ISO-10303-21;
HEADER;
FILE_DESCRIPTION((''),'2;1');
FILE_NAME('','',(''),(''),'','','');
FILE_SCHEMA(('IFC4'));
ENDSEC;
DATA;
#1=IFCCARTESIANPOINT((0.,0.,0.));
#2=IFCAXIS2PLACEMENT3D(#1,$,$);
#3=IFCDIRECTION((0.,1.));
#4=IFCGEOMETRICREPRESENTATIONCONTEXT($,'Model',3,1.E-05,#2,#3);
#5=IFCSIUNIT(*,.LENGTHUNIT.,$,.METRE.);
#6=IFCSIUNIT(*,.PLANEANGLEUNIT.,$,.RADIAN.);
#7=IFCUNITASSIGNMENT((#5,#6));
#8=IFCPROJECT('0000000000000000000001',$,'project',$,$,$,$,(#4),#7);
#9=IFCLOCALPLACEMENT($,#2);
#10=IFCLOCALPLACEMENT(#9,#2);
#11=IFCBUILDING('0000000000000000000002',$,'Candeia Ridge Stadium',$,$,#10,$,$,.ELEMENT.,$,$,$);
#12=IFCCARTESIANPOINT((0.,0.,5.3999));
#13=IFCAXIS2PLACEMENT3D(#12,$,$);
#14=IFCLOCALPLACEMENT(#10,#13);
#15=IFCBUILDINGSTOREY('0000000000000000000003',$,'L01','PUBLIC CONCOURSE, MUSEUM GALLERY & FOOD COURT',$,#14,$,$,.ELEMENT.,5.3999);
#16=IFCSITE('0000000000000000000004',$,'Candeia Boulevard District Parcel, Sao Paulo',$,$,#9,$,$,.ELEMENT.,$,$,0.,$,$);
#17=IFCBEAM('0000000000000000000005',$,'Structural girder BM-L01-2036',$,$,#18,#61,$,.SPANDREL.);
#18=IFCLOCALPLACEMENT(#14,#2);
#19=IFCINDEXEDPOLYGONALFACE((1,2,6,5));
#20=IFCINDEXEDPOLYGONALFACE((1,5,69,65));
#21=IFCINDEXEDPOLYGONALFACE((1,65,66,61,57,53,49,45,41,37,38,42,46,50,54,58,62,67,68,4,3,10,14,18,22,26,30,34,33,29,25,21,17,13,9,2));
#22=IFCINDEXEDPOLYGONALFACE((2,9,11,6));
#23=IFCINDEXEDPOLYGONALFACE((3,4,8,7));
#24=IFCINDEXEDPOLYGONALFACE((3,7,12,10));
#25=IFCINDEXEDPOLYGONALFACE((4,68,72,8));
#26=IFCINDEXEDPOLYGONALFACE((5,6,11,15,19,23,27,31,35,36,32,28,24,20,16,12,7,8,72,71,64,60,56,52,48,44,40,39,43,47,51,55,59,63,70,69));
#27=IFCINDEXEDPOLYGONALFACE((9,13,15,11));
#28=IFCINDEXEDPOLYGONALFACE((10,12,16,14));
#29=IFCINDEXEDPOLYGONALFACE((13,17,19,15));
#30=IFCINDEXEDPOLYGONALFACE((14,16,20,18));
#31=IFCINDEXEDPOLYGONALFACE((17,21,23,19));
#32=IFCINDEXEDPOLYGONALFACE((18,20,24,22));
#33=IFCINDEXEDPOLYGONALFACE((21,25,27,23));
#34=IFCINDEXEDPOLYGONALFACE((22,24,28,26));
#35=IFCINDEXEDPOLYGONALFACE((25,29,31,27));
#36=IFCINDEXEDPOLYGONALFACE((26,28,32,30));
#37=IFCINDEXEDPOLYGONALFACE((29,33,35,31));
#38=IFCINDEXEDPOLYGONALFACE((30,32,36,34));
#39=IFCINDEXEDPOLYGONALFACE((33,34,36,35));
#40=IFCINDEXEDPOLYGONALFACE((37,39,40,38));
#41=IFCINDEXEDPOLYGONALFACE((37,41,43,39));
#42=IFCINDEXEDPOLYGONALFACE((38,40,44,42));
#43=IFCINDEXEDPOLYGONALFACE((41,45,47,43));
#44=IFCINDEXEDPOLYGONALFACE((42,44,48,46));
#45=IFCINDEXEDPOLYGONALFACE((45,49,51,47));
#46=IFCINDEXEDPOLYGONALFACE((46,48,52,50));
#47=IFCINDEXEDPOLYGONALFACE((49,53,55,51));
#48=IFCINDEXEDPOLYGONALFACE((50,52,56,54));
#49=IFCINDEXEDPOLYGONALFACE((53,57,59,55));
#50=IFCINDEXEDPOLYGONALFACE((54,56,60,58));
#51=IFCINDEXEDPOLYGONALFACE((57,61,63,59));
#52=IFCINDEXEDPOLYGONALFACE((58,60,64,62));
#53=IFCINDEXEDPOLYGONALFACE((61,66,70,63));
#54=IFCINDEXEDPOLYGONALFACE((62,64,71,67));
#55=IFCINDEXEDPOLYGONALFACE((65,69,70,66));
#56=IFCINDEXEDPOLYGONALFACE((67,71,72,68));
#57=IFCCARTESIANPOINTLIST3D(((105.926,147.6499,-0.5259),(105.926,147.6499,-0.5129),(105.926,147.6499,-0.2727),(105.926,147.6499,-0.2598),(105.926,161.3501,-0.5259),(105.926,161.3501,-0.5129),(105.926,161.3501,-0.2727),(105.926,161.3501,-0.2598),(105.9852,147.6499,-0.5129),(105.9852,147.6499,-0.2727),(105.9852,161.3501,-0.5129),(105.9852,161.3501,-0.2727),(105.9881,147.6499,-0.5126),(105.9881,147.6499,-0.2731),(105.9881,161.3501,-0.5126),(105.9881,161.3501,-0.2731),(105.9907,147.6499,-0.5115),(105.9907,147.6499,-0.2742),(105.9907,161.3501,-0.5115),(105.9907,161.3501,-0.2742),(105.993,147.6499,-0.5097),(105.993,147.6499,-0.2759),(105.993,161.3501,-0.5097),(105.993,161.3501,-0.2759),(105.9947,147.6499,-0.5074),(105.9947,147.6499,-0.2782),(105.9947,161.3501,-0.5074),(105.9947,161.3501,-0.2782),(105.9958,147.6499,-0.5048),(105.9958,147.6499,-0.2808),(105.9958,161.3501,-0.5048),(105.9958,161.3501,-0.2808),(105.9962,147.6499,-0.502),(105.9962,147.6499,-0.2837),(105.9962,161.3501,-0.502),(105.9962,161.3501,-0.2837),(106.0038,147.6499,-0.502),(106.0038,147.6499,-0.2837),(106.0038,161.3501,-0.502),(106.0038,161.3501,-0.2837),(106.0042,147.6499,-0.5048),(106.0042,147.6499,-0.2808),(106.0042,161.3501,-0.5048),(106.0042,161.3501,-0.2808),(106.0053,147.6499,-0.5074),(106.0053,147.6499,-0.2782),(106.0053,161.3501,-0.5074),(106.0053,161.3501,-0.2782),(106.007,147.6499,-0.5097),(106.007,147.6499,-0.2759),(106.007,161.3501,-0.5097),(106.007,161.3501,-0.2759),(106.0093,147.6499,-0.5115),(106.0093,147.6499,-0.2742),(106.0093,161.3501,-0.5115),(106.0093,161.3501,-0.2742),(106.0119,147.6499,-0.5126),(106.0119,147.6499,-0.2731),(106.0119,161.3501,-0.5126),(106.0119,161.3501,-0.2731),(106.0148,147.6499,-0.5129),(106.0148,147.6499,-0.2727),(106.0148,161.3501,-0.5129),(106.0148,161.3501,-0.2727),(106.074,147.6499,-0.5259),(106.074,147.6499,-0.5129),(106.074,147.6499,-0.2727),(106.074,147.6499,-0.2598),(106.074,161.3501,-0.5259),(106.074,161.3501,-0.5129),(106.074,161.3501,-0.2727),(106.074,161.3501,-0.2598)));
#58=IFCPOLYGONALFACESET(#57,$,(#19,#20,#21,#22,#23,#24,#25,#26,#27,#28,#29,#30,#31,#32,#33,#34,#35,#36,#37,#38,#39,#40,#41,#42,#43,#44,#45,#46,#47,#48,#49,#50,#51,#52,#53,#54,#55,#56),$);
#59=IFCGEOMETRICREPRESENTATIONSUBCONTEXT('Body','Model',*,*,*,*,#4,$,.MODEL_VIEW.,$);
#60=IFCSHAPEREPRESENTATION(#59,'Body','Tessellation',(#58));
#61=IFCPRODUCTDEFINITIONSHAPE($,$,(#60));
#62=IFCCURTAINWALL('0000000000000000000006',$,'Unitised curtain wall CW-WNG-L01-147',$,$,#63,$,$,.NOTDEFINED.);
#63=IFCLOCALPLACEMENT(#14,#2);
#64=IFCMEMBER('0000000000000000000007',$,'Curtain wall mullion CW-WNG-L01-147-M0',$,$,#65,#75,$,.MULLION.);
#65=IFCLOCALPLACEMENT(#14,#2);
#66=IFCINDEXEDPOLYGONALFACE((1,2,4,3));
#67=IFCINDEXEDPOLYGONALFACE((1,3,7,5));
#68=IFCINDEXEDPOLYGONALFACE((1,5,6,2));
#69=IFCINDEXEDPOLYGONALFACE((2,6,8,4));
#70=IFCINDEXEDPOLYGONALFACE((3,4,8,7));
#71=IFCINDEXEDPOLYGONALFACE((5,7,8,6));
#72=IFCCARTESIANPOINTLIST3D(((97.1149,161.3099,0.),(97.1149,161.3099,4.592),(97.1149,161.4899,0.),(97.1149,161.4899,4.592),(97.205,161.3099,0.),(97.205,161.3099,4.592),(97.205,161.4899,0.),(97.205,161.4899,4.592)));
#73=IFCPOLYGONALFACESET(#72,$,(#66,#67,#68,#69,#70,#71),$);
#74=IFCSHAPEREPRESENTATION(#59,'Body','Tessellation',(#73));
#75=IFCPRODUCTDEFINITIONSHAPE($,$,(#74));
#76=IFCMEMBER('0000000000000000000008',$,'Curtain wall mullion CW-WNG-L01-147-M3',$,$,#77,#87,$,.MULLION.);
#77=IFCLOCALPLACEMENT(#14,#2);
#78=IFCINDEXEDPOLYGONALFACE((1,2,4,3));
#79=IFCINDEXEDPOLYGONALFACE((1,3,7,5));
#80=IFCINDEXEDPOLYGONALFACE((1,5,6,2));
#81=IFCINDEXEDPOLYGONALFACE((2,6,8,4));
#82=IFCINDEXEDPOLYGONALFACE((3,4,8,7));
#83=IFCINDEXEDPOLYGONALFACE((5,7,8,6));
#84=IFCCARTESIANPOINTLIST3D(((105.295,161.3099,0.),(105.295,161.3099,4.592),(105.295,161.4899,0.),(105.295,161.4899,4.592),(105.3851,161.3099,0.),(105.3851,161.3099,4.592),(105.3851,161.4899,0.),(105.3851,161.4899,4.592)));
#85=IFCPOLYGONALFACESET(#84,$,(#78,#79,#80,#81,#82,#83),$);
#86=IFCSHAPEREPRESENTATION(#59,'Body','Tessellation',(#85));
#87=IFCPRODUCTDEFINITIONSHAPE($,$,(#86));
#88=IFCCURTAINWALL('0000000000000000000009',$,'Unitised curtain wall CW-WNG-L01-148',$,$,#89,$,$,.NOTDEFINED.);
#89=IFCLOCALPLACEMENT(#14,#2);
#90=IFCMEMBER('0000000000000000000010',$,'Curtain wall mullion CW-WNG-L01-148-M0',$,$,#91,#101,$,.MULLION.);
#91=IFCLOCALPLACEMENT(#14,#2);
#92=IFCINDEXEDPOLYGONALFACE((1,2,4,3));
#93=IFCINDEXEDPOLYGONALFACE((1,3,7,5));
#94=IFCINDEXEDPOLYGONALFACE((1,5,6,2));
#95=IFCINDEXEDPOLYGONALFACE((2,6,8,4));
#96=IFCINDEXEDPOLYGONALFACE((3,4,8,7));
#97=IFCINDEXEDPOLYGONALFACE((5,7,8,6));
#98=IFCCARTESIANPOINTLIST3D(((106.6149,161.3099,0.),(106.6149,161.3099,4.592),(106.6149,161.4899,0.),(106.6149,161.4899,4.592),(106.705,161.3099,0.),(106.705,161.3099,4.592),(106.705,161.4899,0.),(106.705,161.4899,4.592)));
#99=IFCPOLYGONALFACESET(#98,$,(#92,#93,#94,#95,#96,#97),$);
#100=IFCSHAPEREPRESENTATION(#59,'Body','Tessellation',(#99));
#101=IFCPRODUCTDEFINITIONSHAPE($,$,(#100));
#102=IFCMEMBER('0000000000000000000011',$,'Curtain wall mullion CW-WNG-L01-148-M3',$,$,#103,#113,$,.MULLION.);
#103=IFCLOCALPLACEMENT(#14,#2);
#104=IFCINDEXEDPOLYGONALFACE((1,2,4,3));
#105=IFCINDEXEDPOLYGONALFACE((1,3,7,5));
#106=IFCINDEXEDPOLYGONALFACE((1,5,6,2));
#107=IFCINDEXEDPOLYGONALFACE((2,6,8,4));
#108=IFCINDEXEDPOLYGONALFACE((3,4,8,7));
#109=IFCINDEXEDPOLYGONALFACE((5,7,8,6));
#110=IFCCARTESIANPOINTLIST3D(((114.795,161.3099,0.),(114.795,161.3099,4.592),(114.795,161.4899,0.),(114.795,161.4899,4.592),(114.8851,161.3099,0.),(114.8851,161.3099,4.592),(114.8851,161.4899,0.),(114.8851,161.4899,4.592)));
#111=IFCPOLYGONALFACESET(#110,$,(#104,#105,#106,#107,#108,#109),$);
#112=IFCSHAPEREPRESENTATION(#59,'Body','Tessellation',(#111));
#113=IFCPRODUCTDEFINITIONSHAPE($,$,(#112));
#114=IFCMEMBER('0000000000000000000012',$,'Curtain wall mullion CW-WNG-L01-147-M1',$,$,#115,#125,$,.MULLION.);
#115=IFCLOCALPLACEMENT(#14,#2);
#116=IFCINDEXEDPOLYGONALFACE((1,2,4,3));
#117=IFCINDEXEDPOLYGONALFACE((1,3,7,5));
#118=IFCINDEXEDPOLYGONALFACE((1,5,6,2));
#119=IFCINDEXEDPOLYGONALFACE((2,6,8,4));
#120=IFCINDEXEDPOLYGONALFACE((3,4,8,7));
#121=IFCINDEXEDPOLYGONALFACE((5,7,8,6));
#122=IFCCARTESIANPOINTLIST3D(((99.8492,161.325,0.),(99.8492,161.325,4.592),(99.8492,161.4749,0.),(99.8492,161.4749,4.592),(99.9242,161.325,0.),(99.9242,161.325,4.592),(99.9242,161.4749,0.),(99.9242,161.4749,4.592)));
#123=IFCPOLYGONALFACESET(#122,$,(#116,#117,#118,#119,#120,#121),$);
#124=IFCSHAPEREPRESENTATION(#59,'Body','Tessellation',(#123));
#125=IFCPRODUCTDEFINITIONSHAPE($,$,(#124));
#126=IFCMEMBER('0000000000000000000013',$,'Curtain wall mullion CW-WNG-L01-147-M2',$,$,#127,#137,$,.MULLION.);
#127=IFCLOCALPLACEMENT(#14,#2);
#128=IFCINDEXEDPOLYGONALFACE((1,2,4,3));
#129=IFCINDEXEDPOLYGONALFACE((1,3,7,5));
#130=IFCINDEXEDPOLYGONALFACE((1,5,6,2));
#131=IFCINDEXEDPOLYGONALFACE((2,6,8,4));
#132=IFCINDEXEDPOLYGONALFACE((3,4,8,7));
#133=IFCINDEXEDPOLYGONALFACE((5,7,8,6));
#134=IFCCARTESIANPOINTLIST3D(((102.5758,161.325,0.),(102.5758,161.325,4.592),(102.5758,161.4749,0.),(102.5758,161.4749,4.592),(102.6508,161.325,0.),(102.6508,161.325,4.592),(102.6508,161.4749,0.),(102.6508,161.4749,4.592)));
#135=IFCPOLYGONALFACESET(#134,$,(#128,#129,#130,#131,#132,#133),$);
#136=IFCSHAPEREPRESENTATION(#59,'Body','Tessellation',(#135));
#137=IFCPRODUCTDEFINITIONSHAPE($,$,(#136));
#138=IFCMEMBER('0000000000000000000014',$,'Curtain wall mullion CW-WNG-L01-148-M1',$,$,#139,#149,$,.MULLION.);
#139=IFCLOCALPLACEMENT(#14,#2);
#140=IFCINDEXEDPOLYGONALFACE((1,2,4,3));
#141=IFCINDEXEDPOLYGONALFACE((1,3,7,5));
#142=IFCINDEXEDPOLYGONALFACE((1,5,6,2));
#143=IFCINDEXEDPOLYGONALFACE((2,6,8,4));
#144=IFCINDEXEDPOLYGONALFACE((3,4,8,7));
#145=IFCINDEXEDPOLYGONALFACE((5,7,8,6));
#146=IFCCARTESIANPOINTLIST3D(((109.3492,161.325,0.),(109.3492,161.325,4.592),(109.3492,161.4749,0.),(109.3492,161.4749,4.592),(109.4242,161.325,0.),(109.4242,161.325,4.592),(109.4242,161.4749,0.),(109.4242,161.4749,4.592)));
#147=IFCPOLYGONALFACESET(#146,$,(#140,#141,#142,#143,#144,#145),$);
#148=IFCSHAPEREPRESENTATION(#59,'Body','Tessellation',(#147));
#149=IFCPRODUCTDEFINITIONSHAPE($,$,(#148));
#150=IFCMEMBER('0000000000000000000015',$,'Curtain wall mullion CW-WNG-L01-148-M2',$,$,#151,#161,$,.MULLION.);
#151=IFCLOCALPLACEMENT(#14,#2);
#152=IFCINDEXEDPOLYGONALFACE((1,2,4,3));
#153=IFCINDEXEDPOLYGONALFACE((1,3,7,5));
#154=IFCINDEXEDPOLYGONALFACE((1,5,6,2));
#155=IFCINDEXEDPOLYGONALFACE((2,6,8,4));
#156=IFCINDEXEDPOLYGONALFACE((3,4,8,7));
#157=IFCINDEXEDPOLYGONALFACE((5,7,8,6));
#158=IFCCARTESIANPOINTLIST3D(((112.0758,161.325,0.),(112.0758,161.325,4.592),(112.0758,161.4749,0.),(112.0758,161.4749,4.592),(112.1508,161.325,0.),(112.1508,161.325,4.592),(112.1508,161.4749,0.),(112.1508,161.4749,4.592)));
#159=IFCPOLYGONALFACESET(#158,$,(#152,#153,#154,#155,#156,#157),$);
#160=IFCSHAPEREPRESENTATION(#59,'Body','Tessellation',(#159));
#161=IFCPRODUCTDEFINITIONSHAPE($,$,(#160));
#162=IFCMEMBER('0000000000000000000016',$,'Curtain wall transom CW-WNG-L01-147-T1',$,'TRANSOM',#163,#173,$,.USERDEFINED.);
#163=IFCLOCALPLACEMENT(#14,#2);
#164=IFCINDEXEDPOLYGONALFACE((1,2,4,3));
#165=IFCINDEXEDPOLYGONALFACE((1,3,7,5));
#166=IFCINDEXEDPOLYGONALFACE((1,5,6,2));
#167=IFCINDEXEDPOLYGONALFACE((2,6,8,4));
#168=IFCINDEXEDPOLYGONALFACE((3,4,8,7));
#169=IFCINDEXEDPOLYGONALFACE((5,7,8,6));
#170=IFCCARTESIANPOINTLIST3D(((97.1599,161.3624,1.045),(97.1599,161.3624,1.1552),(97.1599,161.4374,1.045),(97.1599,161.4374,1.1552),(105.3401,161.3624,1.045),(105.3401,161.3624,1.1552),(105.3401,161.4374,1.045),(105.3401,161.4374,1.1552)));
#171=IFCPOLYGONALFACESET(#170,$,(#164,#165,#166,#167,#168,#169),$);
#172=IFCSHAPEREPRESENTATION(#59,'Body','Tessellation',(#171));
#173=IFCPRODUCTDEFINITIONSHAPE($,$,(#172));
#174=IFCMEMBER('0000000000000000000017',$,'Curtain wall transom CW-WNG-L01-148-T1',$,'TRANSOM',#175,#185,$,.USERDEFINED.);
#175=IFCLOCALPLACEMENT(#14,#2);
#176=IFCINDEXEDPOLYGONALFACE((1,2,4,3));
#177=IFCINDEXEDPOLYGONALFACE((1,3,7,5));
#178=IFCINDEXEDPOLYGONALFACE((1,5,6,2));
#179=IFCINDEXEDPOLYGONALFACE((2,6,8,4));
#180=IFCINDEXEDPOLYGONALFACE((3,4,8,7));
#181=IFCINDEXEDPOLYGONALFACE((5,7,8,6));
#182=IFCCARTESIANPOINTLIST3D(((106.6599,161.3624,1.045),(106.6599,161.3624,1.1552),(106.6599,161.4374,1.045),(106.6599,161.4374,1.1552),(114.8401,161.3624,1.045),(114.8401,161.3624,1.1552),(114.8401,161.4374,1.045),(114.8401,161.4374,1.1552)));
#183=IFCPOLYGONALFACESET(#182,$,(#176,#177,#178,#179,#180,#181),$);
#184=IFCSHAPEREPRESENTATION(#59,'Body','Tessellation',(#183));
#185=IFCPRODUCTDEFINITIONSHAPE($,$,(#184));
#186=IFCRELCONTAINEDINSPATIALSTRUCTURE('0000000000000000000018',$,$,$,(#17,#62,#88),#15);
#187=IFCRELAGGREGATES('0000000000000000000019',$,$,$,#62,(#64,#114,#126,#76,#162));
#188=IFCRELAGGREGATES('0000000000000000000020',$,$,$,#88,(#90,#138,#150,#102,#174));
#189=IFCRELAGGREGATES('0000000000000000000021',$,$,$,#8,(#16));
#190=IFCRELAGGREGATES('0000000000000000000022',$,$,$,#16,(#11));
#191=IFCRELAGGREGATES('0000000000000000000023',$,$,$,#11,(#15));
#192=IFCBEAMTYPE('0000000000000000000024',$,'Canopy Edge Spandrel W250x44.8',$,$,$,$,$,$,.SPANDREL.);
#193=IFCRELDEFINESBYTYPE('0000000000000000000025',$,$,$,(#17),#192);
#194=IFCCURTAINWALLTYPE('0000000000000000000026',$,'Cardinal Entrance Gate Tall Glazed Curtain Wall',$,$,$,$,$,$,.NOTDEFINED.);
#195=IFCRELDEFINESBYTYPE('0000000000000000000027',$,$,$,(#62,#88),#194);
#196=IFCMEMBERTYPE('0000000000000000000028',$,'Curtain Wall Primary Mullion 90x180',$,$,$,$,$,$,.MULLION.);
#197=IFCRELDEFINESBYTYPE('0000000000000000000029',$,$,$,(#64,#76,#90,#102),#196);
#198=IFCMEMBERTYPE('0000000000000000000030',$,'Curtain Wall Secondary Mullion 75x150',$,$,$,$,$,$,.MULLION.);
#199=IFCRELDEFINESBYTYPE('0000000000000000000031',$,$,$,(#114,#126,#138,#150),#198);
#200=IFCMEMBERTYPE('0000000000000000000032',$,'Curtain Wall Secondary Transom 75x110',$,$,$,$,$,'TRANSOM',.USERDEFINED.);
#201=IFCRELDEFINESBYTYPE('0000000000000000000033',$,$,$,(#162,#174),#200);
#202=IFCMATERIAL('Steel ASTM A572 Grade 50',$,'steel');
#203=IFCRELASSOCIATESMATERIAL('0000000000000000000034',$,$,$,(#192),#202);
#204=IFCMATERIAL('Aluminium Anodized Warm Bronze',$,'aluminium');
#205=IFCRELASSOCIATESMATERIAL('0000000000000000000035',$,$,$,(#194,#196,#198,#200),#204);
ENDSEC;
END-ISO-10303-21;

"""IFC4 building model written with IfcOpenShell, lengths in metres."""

from ifc_helpers import new_model, si_unit, direction, frame, origin, origin_2d, place, context, subcontext, project, spatial, rectangle, i_section, extrude, material, material_profile, profile_set, type_object, element, aggregate, save


model = new_model("IFC4")

# Units and contexts
model_context = context("Model", 3, precision=1e-05, world=origin(), true_north=direction((0.0, 1.0)))
body_context = subcontext(model_context, "Body", "Model", "MODEL_VIEW")
ifc_project = project(units=[si_unit("LENGTHUNIT", "METRE"), si_unit("PLANEANGLEUNIT", "RADIAN")], contexts=[model_context])

# Site, building, storey
site_placement = place(None, origin())
site = spatial("IfcSite", under=ifc_project, at=site_placement, Name="Candeia Boulevard District Parcel, Sao Paulo", CompositionType="ELEMENT", RefElevation=0.0)
building_placement = place(site_placement, origin())
building = spatial("IfcBuilding", under=site, at=building_placement, Name="Candeia Ridge Stadium", CompositionType="ELEMENT")
storey_placement = place(building_placement, frame((0.0, 0.0, 5.3999)))
storey = spatial("IfcBuildingStorey", under=building, at=storey_placement, Name="L01", Description="PUBLIC CONCOURSE, MUSEUM GALLERY & FOOD COURT", CompositionType="ELEMENT", Elevation=5.3999)

# Shared definitions
ifc_material_1 = material(Name="Steel ASTM A572 Grade 50", Category="steel")

# Beam
ifc_material_profile_1 = material_profile(ifc_material_1, i_section(OverallWidth=0.1479, OverallDepth=0.2661, WebThickness=0.0076, FlangeThickness=0.0129, FilletRadius=0.011, at=origin_2d()), Name="W250x44.8", Category="steel")
ifc_profile_set_1 = profile_set([ifc_material_profile_1], Name="Steel ASTM A572 Grade 50")
beam_type_1 = type_object("IfcBeamType", Name="Canopy Edge Spandrel W250x44.8", PredefinedType="SPANDREL", material=ifc_profile_set_1)
beam_1_placement = place(storey_placement, frame((106.0, 147.6499, -0.3928), z_axis=(0.0, 1.0, 0.0), x_axis=(-1.0, 0.0, 0.0)))
element("IfcBeam", 1, at=beam_1_placement, inside=storey, type_object=beam_type_1, Name="Structural girder BM-L01-2036", PredefinedType="SPANDREL", context=body_context, shape_type="SweptSolid", body=[
    extrude(i_section(OverallWidth=0.1479, OverallDepth=0.2661, WebThickness=0.0076, FlangeThickness=0.0129, FilletRadius=0.011, at=origin_2d()), origin(), (0.0, 0.0, 1.0), 13.7002),
])

# Curtain walls, members
ifc_material_2 = material(Name="Aluminium Anodized Warm Bronze", Category="aluminium")
curtain_wall_type = type_object("IfcCurtainWallType", Name="Cardinal Entrance Gate Tall Glazed Curtain Wall", PredefinedType="NOTDEFINED", material=ifc_material_2)
curtain_wall_1_placement = place(storey_placement, origin())
curtain_wall_1 = element("IfcCurtainWall", 2, at=curtain_wall_1_placement, inside=storey, type_object=curtain_wall_type, Name="Unitised curtain wall CW-WNG-L01-147", PredefinedType="NOTDEFINED")
ifc_material_profile_2 = material_profile(ifc_material_2, rectangle(XDim=0.0901, YDim=0.1799, at=origin_2d()), Name="CWM-90x180", Category="aluminium")
ifc_profile_set_2 = profile_set([ifc_material_profile_2], Name="Aluminium Anodized Warm Bronze")
member_type_1 = type_object("IfcMemberType", Name="Curtain Wall Primary Mullion 90x180", PredefinedType="MULLION", material=ifc_profile_set_2)
member_1_placement = place(storey_placement, frame((97.1599, 161.3999, 0.0), z_axis=(0.0, 0.0, 1.0), x_axis=(1.0, 0.0, 0.0)))
member_1 = element("IfcMember", 3, at=member_1_placement, type_object=member_type_1, Name="Curtain wall mullion CW-WNG-L01-147-M0", PredefinedType="MULLION", context=body_context, shape_type="SweptSolid", body=[
    extrude(rectangle(XDim=0.0901, YDim=0.1799, at=origin_2d()), origin(), (0.0, 0.0, 1.0), 4.592),
])
member_2_placement = place(storey_placement, frame((105.3401, 161.3999, 0.0), z_axis=(0.0, 0.0, 1.0), x_axis=(1.0, 0.0, 0.0)))
member_2 = element("IfcMember", 4, at=member_2_placement, type_object=member_type_1, Name="Curtain wall mullion CW-WNG-L01-147-M3", PredefinedType="MULLION", context=body_context, shape_type="SweptSolid", body=[
    extrude(rectangle(XDim=0.0901, YDim=0.1799, at=origin_2d()), origin(), (0.0, 0.0, 1.0), 4.592),
])
curtain_wall_2_placement = place(storey_placement, origin())
curtain_wall_2 = element("IfcCurtainWall", 5, at=curtain_wall_2_placement, inside=storey, type_object=curtain_wall_type, Name="Unitised curtain wall CW-WNG-L01-148", PredefinedType="NOTDEFINED")
member_3_placement = place(storey_placement, frame((106.6599, 161.3999, 0.0), z_axis=(0.0, 0.0, 1.0), x_axis=(1.0, 0.0, 0.0)))
member_3 = element("IfcMember", 6, at=member_3_placement, type_object=member_type_1, Name="Curtain wall mullion CW-WNG-L01-148-M0", PredefinedType="MULLION", context=body_context, shape_type="SweptSolid", body=[
    extrude(rectangle(XDim=0.0901, YDim=0.1799, at=origin_2d()), origin(), (0.0, 0.0, 1.0), 4.592),
])
member_4_placement = place(storey_placement, frame((114.8401, 161.3999, 0.0), z_axis=(0.0, 0.0, 1.0), x_axis=(1.0, 0.0, 0.0)))
member_4 = element("IfcMember", 7, at=member_4_placement, type_object=member_type_1, Name="Curtain wall mullion CW-WNG-L01-148-M3", PredefinedType="MULLION", context=body_context, shape_type="SweptSolid", body=[
    extrude(rectangle(XDim=0.0901, YDim=0.1799, at=origin_2d()), origin(), (0.0, 0.0, 1.0), 4.592),
])

# Members
ifc_material_profile_3 = material_profile(ifc_material_2, rectangle(XDim=0.075, YDim=0.1499, at=origin_2d()), Name="CWM-75x150", Category="aluminium")
ifc_profile_set_3 = profile_set([ifc_material_profile_3], Name="Aluminium Anodized Warm Bronze")
member_type_2 = type_object("IfcMemberType", Name="Curtain Wall Secondary Mullion 75x150", PredefinedType="MULLION", material=ifc_profile_set_3)
member_5_placement = place(storey_placement, frame((99.8867, 161.3999, 0.0), z_axis=(0.0, 0.0, 1.0), x_axis=(1.0, 0.0, 0.0)))
member_5 = element("IfcMember", 8, at=member_5_placement, type_object=member_type_2, Name="Curtain wall mullion CW-WNG-L01-147-M1", PredefinedType="MULLION", context=body_context, shape_type="SweptSolid", body=[
    extrude(rectangle(XDim=0.075, YDim=0.1499, at=origin_2d()), origin(), (0.0, 0.0, 1.0), 4.592),
])
member_6_placement = place(storey_placement, frame((102.6133, 161.3999, 0.0), z_axis=(0.0, 0.0, 1.0), x_axis=(1.0, 0.0, 0.0)))
member_6 = element("IfcMember", 9, at=member_6_placement, type_object=member_type_2, Name="Curtain wall mullion CW-WNG-L01-147-M2", PredefinedType="MULLION", context=body_context, shape_type="SweptSolid", body=[
    extrude(rectangle(XDim=0.075, YDim=0.1499, at=origin_2d()), origin(), (0.0, 0.0, 1.0), 4.592),
])
member_7_placement = place(storey_placement, frame((109.3867, 161.3999, 0.0), z_axis=(0.0, 0.0, 1.0), x_axis=(1.0, 0.0, 0.0)))
member_7 = element("IfcMember", 10, at=member_7_placement, type_object=member_type_2, Name="Curtain wall mullion CW-WNG-L01-148-M1", PredefinedType="MULLION", context=body_context, shape_type="SweptSolid", body=[
    extrude(rectangle(XDim=0.075, YDim=0.1499, at=origin_2d()), origin(), (0.0, 0.0, 1.0), 4.592),
])
member_8_placement = place(storey_placement, frame((112.1133, 161.3999, 0.0), z_axis=(0.0, 0.0, 1.0), x_axis=(1.0, 0.0, 0.0)))
member_8 = element("IfcMember", 11, at=member_8_placement, type_object=member_type_2, Name="Curtain wall mullion CW-WNG-L01-148-M2", PredefinedType="MULLION", context=body_context, shape_type="SweptSolid", body=[
    extrude(rectangle(XDim=0.075, YDim=0.1499, at=origin_2d()), origin(), (0.0, 0.0, 1.0), 4.592),
])
ifc_material_profile_4 = material_profile(ifc_material_2, rectangle(XDim=0.075, YDim=0.1101, at=origin_2d()), Name="CWT-75x110", Category="aluminium")
ifc_profile_set_4 = profile_set([ifc_material_profile_4], Name="Aluminium Anodized Warm Bronze")
member_type_3 = type_object("IfcMemberType", Name="Curtain Wall Secondary Transom 75x110", ElementType="TRANSOM", PredefinedType="USERDEFINED", material=ifc_profile_set_4)
member_9_placement = place(storey_placement, frame((97.1599, 161.3999, 1.1001), z_axis=(1.0, 0.0, 0.0), x_axis=(0.0, 1.0, 0.0)))
member_9 = element("IfcMember", 12, at=member_9_placement, type_object=member_type_3, Name="Curtain wall transom CW-WNG-L01-147-T1", ObjectType="TRANSOM", PredefinedType="USERDEFINED", context=body_context, shape_type="SweptSolid", body=[
    extrude(rectangle(XDim=0.075, YDim=0.1101, at=origin_2d()), origin(), (0.0, 0.0, 1.0), 8.1802),
])
member_10_placement = place(storey_placement, frame((106.6599, 161.3999, 1.1001), z_axis=(1.0, 0.0, 0.0), x_axis=(0.0, 1.0, 0.0)))
member_10 = element("IfcMember", 13, at=member_10_placement, type_object=member_type_3, Name="Curtain wall transom CW-WNG-L01-148-T1", ObjectType="TRANSOM", PredefinedType="USERDEFINED", context=body_context, shape_type="SweptSolid", body=[
    extrude(rectangle(XDim=0.075, YDim=0.1101, at=origin_2d()), origin(), (0.0, 0.0, 1.0), 8.1802),
])

aggregate(curtain_wall_1, [member_1, member_5, member_6, member_2, member_9])
aggregate(curtain_wall_2, [member_3, member_7, member_8, member_4, member_10])

save(model, "model.ifc")
